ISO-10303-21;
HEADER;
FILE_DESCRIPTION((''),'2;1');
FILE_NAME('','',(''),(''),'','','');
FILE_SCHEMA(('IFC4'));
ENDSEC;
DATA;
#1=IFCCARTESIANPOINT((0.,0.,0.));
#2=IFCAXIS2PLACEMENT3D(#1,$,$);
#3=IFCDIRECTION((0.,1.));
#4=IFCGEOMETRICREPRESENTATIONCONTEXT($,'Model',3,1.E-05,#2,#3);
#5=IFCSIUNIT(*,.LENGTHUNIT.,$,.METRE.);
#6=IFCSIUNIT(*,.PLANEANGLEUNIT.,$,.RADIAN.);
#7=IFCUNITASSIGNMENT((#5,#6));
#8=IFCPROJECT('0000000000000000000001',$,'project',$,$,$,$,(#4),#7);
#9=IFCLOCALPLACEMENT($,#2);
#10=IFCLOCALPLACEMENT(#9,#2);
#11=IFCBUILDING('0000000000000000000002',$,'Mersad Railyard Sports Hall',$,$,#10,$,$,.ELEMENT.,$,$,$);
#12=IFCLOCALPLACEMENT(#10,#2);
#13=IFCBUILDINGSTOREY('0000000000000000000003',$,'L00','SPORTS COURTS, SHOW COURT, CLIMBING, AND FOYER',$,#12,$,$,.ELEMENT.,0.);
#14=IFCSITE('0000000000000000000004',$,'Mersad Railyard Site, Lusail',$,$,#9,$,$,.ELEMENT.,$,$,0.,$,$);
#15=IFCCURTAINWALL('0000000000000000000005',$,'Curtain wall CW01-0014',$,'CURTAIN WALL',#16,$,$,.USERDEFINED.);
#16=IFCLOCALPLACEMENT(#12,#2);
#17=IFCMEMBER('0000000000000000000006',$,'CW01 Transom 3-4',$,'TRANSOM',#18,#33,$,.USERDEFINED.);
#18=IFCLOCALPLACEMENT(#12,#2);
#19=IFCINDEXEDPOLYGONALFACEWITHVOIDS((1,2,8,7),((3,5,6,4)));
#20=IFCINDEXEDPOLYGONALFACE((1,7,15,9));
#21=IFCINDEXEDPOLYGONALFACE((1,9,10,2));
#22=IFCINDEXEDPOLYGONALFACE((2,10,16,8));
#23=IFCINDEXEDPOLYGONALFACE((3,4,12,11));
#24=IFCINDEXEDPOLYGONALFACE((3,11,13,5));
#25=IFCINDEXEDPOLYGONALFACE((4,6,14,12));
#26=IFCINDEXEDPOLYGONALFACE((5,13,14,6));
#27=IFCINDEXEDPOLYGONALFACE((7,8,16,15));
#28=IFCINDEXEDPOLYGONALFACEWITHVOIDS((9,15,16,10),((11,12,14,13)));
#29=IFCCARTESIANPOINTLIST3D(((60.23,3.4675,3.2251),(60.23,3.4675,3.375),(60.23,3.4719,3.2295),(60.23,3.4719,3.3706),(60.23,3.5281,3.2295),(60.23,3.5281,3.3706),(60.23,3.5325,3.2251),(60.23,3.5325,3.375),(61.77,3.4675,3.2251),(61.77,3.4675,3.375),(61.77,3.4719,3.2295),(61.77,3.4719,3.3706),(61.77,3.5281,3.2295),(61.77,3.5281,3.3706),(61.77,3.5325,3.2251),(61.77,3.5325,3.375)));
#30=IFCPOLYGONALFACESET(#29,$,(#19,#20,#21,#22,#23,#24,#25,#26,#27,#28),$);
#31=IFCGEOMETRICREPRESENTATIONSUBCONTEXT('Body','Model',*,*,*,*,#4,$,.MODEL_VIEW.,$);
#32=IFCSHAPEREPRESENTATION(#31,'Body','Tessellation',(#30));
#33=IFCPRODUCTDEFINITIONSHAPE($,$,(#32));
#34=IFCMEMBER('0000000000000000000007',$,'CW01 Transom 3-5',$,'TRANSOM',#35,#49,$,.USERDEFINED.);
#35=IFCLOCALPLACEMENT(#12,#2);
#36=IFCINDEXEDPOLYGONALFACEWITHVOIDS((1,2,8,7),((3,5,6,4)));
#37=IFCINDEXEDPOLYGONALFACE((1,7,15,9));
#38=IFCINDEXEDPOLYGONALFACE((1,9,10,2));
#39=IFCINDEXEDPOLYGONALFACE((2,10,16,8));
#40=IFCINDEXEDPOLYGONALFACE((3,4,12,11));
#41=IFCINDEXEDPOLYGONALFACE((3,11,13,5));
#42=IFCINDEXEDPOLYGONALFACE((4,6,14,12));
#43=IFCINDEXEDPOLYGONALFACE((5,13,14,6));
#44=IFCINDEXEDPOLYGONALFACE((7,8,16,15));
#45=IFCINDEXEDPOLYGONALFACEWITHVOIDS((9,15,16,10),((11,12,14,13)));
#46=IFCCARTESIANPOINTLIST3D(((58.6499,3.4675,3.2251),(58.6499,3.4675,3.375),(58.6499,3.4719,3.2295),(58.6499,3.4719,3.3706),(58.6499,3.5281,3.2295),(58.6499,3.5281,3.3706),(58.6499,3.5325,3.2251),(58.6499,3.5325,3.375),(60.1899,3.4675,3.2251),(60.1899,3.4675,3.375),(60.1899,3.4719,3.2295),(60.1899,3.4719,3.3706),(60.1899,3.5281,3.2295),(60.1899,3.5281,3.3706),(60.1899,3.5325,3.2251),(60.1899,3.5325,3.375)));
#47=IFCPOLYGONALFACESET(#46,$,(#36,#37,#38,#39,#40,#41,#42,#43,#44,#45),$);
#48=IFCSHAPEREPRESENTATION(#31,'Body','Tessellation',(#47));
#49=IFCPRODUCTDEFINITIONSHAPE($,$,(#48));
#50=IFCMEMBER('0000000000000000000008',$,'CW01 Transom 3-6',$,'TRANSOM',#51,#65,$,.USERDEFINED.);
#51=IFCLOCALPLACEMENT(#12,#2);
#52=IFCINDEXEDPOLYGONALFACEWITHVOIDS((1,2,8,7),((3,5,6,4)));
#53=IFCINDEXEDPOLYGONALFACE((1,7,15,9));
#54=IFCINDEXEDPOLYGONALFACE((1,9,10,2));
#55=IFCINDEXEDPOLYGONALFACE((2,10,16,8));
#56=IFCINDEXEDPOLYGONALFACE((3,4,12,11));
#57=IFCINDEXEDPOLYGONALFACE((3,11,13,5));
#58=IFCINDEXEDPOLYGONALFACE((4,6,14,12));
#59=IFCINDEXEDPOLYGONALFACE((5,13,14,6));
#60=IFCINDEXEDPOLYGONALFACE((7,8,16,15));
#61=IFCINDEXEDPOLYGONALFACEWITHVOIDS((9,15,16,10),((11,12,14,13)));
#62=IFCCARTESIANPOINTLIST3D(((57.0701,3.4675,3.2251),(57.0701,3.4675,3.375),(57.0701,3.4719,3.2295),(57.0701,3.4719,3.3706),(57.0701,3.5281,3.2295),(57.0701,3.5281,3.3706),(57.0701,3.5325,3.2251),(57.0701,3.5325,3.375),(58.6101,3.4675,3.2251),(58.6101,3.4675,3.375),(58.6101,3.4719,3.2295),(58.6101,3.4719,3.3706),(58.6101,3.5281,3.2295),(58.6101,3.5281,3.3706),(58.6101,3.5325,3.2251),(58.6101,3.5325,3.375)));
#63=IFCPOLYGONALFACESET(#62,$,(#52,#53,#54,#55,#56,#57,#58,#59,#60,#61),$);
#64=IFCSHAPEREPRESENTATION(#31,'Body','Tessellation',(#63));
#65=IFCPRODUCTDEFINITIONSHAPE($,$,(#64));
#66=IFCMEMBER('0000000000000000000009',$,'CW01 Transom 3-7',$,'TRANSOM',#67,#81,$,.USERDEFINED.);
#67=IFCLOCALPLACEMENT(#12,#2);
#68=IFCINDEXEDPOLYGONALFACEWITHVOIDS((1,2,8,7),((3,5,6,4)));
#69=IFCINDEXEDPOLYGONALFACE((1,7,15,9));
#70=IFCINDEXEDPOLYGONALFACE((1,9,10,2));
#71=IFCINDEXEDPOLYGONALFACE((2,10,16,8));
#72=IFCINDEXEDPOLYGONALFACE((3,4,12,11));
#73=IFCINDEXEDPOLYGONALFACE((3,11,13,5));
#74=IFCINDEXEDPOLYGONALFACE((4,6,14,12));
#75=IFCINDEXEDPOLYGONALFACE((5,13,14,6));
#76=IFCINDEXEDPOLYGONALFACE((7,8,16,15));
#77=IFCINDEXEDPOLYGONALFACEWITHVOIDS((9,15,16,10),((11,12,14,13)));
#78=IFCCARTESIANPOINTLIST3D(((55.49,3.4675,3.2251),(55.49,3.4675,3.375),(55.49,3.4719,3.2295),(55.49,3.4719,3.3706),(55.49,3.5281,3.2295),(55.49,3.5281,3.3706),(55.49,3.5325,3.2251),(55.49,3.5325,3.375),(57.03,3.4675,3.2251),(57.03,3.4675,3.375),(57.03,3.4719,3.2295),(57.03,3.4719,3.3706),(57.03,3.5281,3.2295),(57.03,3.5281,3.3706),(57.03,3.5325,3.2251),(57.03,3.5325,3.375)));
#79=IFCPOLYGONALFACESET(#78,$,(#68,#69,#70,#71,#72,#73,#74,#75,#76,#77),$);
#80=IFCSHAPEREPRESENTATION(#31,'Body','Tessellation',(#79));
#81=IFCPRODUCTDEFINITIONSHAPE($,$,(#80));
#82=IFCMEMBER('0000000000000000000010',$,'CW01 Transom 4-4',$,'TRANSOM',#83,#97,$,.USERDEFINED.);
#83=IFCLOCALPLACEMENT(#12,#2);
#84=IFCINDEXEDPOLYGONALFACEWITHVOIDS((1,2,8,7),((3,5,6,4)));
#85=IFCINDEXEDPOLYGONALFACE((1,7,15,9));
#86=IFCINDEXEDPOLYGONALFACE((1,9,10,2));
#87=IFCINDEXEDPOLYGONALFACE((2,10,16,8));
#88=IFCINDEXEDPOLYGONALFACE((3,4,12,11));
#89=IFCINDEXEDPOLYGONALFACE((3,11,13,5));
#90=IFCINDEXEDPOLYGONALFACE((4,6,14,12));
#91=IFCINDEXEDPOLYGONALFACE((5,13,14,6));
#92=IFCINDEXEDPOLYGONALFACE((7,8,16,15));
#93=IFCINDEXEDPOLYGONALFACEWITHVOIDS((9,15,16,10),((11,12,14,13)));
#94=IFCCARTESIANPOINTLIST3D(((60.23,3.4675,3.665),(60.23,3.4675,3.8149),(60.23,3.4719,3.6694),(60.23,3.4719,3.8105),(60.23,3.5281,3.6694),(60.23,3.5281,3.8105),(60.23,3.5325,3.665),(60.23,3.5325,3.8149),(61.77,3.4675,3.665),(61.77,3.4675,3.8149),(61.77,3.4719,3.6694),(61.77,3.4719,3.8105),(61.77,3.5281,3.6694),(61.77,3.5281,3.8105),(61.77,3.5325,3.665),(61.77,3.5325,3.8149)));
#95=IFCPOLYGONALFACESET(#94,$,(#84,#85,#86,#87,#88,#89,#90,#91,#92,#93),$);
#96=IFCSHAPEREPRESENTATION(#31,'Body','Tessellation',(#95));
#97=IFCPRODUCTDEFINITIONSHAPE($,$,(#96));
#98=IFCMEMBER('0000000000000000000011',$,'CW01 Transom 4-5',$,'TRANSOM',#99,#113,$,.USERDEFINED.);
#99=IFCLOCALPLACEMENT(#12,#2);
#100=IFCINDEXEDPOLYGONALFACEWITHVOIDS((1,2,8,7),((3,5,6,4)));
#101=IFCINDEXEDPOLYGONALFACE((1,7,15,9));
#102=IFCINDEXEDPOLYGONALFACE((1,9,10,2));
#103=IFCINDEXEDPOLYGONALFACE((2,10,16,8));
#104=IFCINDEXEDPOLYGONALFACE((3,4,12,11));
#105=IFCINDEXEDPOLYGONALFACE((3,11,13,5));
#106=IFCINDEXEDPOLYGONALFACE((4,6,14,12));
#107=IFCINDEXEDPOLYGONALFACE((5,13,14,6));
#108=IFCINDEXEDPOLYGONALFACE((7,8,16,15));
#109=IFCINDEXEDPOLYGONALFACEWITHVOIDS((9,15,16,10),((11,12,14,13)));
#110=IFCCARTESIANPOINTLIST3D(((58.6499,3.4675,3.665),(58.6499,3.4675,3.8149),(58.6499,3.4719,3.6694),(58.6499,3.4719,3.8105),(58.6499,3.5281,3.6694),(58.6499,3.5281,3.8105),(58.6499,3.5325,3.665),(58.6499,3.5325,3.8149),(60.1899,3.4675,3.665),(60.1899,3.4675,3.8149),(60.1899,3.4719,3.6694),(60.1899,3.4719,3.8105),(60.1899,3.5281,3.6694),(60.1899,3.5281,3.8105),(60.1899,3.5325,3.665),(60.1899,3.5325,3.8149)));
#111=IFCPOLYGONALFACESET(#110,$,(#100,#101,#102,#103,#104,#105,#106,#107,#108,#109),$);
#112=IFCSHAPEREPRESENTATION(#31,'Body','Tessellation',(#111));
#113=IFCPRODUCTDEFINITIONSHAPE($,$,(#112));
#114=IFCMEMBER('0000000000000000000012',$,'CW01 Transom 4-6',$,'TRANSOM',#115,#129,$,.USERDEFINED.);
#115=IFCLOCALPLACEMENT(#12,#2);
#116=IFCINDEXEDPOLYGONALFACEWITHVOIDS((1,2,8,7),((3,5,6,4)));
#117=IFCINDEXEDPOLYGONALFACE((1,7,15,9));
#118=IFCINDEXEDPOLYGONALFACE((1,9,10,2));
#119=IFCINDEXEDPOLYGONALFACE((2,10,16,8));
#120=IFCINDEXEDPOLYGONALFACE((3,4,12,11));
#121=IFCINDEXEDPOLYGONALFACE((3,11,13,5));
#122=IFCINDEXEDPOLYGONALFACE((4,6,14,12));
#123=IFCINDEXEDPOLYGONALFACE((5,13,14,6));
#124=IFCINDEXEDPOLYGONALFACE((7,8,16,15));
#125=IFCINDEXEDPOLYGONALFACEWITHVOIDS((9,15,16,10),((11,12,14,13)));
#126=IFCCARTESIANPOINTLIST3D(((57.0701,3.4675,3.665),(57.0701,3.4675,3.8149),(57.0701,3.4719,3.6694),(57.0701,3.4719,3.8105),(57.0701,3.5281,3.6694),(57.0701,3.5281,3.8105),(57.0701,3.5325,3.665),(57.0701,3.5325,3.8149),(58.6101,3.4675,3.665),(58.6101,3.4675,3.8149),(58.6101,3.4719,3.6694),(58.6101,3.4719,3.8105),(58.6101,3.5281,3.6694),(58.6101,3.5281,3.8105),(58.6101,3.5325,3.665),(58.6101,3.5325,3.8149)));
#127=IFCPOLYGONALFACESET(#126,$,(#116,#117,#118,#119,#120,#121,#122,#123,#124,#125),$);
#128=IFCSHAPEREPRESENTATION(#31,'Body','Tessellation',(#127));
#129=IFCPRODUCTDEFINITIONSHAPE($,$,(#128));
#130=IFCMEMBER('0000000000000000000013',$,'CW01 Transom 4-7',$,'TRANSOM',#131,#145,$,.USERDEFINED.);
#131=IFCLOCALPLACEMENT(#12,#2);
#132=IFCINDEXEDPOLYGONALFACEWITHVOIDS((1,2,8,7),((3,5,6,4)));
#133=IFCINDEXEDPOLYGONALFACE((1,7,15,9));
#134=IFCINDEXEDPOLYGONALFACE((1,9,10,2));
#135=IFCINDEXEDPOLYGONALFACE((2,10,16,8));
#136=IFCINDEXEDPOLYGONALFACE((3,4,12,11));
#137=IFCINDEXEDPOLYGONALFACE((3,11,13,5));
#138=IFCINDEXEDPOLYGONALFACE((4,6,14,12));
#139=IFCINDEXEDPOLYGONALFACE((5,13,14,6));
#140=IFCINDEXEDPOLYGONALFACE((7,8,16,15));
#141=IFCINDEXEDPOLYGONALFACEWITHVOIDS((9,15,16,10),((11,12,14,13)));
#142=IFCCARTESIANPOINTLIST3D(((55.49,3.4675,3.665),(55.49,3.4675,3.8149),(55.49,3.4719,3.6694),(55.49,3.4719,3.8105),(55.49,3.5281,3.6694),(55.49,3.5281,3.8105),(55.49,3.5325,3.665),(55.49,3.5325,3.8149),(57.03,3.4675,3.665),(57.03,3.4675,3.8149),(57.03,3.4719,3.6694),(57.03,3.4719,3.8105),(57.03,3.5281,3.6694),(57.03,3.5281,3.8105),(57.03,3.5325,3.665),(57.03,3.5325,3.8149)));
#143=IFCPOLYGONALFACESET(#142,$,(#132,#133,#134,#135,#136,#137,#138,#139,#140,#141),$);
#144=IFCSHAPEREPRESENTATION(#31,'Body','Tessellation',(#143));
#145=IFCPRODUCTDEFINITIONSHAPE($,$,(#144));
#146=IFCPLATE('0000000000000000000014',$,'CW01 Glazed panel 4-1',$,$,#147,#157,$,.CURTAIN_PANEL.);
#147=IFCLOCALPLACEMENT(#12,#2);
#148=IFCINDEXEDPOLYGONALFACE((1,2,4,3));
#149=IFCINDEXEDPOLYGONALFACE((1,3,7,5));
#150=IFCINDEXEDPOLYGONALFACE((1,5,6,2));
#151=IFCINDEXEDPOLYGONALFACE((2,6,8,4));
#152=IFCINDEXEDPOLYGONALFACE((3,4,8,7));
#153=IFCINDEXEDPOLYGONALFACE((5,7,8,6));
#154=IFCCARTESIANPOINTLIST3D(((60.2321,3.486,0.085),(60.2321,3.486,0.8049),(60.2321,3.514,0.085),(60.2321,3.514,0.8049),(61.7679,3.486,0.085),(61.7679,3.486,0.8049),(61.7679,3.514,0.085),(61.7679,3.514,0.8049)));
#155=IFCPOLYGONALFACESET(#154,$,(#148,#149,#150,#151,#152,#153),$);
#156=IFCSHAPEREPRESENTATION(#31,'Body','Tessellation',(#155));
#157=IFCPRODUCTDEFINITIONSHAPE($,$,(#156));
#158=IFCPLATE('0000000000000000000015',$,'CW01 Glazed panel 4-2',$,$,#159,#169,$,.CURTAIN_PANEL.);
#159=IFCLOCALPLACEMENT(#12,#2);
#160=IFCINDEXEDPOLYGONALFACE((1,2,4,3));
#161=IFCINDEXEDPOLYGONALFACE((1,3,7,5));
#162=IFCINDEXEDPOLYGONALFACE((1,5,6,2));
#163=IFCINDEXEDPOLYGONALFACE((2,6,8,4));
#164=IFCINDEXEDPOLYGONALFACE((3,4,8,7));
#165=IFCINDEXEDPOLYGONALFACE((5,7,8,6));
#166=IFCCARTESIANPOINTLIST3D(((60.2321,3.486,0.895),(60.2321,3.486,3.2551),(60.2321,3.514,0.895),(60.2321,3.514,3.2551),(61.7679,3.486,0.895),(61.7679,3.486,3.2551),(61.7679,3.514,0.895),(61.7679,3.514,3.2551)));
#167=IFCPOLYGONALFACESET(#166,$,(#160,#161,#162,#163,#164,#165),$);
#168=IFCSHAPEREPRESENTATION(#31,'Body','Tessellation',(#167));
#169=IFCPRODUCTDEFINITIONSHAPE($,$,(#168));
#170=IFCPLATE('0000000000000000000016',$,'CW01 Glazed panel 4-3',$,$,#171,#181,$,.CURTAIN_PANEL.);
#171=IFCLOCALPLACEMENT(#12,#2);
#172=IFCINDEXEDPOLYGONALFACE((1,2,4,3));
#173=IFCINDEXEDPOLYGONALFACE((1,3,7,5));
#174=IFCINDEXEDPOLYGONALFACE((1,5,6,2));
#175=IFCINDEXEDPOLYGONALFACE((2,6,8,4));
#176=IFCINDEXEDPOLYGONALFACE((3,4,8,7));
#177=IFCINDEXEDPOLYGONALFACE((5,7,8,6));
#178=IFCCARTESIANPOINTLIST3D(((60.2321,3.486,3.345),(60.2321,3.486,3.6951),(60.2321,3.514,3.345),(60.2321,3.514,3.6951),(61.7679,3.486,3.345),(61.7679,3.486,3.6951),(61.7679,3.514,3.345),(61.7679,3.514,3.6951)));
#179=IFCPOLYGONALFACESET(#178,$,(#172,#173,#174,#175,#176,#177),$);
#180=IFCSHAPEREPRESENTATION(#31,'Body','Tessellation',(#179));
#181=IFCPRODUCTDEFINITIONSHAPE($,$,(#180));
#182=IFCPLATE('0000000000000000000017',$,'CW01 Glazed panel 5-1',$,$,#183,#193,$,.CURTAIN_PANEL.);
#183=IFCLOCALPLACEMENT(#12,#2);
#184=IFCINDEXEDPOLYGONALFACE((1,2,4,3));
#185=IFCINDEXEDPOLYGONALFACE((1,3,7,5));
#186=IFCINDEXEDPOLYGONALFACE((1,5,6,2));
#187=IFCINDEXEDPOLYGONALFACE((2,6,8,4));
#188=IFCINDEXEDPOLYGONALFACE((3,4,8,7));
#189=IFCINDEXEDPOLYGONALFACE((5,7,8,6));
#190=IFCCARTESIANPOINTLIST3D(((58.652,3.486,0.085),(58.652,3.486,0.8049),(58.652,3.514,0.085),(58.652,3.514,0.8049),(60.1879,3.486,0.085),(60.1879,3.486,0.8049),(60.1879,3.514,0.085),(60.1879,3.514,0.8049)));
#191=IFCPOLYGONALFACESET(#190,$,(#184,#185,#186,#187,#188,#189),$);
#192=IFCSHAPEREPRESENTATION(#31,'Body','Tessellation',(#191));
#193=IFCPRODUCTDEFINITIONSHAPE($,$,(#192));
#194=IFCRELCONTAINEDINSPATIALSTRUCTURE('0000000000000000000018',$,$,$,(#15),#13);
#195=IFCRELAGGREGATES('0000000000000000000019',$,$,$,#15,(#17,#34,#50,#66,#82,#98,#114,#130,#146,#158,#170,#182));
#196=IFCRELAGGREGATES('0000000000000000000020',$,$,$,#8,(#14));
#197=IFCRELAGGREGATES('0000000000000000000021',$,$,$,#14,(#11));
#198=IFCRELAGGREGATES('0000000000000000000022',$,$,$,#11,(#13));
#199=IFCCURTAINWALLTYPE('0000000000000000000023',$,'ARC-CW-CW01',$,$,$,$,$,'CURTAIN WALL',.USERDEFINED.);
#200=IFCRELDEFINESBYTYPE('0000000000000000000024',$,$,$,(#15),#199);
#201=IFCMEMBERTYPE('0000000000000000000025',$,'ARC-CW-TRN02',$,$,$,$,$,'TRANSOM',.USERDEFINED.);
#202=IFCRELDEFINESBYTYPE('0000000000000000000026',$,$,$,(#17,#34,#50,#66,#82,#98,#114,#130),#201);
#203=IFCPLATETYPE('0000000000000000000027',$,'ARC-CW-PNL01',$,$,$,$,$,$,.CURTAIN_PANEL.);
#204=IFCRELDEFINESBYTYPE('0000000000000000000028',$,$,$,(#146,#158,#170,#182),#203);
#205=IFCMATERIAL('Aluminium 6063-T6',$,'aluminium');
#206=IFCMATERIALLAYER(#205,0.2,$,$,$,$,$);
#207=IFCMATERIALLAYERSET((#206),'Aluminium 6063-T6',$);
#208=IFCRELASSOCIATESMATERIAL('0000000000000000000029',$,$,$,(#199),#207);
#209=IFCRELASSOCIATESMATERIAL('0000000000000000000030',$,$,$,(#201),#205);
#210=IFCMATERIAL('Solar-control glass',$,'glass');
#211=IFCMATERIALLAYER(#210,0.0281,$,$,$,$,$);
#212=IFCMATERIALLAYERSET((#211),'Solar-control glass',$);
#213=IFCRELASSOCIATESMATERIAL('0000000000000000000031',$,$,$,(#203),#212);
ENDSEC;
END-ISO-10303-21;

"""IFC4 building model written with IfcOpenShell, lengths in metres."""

from ifc_helpers import new_model, si_unit, direction, frame, origin, origin_2d, place, context, subcontext, project, spatial, rectangle, hollow_rectangle, extrude, material, layer, layer_set, material_profile, profile_set, type_object, element, aggregate, save


model = new_model("IFC4")

# Units and contexts
model_context = context("Model", 3, precision=1e-05, world=origin(), true_north=direction((0.0, 1.0)))
body_context = subcontext(model_context, "Body", "Model", "MODEL_VIEW")
ifc_project = project(units=[si_unit("LENGTHUNIT", "METRE"), si_unit("PLANEANGLEUNIT", "RADIAN")], contexts=[model_context])

# Site, building, storey
site_placement = place(None, origin())
site = spatial("IfcSite", under=ifc_project, at=site_placement, Name="Mersad Railyard Site, Lusail", CompositionType="ELEMENT", RefElevation=0.0)
building_placement = place(site_placement, origin())
building = spatial("IfcBuilding", under=site, at=building_placement, Name="Mersad Railyard Sports Hall", CompositionType="ELEMENT")
storey_placement = place(building_placement, origin())
storey = spatial("IfcBuildingStorey", under=building, at=storey_placement, Name="L00", Description="SPORTS COURTS, SHOW COURT, CLIMBING, AND FOYER", CompositionType="ELEMENT", Elevation=0.0)

# Curtain wall, members, plates
ifc_material_1 = material(Name="Aluminium 6063-T6", Category="aluminium")
ifc_layer_1 = layer(ifc_material_1, 0.2)
ifc_layer_set_1 = layer_set([ifc_layer_1], Name="Aluminium 6063-T6")
curtain_wall_type = type_object("IfcCurtainWallType", Name="ARC-CW-CW01", ElementType="CURTAIN WALL", PredefinedType="USERDEFINED", material=ifc_layer_set_1)
curtain_wall_placement = place(storey_placement, origin())
curtain_wall = element("IfcCurtainWall", 1, at=curtain_wall_placement, inside=storey, type_object=curtain_wall_type, Name="Curtain wall CW01-0014", ObjectType="CURTAIN WALL", PredefinedType="USERDEFINED")
ifc_material_profile_1 = material_profile(ifc_material_1, hollow_rectangle(XDim=0.0649, YDim=0.1499, WallThickness=0.0044, at=origin_2d()), Name="AL TRANSOM 65x150x4.5")
ifc_profile_set_1 = profile_set([ifc_material_profile_1], Name="Aluminium 6063-T6")
member_type_1 = type_object("IfcMemberType", Name="ARC-CW-TRN02", ElementType="TRANSOM", PredefinedType="USERDEFINED", material=ifc_profile_set_1)
member_1_placement = place(storey_placement, frame((61.77, 3.5, 3.3), z_axis=(-1.0, 0.0, 0.0), x_axis=(0.0, -1.0, 0.0)))
member_1 = element("IfcMember", 2, at=member_1_placement, type_object=member_type_1, Name="CW01 Transom 3-4", ObjectType="TRANSOM", PredefinedType="USERDEFINED", context=body_context, shape_type="SweptSolid", body=[
    extrude(hollow_rectangle(XDim=0.0649, YDim=0.1499, WallThickness=0.0044, at=origin_2d()), origin(), (0.0, 0.0, 1.0), 1.54),
])
member_2_placement = place(storey_placement, frame((60.1899, 3.5, 3.3), z_axis=(-1.0, 0.0, 0.0), x_axis=(0.0, -1.0, 0.0)))
member_2 = element("IfcMember", 3, at=member_2_placement, type_object=member_type_1, Name="CW01 Transom 3-5", ObjectType="TRANSOM", PredefinedType="USERDEFINED", context=body_context, shape_type="SweptSolid", body=[
    extrude(hollow_rectangle(XDim=0.0649, YDim=0.1499, WallThickness=0.0044, at=origin_2d()), origin(), (0.0, 0.0, 1.0), 1.54),
])
member_3_placement = place(storey_placement, frame((58.6101, 3.5, 3.3), z_axis=(-1.0, 0.0, 0.0), x_axis=(0.0, -1.0, 0.0)))
member_3 = element("IfcMember", 4, at=member_3_placement, type_object=member_type_1, Name="CW01 Transom 3-6", ObjectType="TRANSOM", PredefinedType="USERDEFINED", context=body_context, shape_type="SweptSolid", body=[
    extrude(hollow_rectangle(XDim=0.0649, YDim=0.1499, WallThickness=0.0044, at=origin_2d()), origin(), (0.0, 0.0, 1.0), 1.54),
])
member_4_placement = place(storey_placement, frame((57.03, 3.5, 3.3), z_axis=(-1.0, 0.0, 0.0), x_axis=(0.0, -1.0, 0.0)))
member_4 = element("IfcMember", 5, at=member_4_placement, type_object=member_type_1, Name="CW01 Transom 3-7", ObjectType="TRANSOM", PredefinedType="USERDEFINED", context=body_context, shape_type="SweptSolid", body=[
    extrude(hollow_rectangle(XDim=0.0649, YDim=0.1499, WallThickness=0.0044, at=origin_2d()), origin(), (0.0, 0.0, 1.0), 1.54),
])
member_5_placement = place(storey_placement, frame((61.77, 3.5, 3.74), z_axis=(-1.0, 0.0, 0.0), x_axis=(0.0, -1.0, 0.0)))
member_5 = element("IfcMember", 6, at=member_5_placement, type_object=member_type_1, Name="CW01 Transom 4-4", ObjectType="TRANSOM", PredefinedType="USERDEFINED", context=body_context, shape_type="SweptSolid", body=[
    extrude(hollow_rectangle(XDim=0.0649, YDim=0.1499, WallThickness=0.0044, at=origin_2d()), origin(), (0.0, 0.0, 1.0), 1.54),
])
member_6_placement = place(storey_placement, frame((60.1899, 3.5, 3.74), z_axis=(-1.0, 0.0, 0.0), x_axis=(0.0, -1.0, 0.0)))
member_6 = element("IfcMember", 7, at=member_6_placement, type_object=member_type_1, Name="CW01 Transom 4-5", ObjectType="TRANSOM", PredefinedType="USERDEFINED", context=body_context, shape_type="SweptSolid", body=[
    extrude(hollow_rectangle(XDim=0.0649, YDim=0.1499, WallThickness=0.0044, at=origin_2d()), origin(), (0.0, 0.0, 1.0), 1.54),
])
member_7_placement = place(storey_placement, frame((58.6101, 3.5, 3.74), z_axis=(-1.0, 0.0, 0.0), x_axis=(0.0, -1.0, 0.0)))
member_7 = element("IfcMember", 8, at=member_7_placement, type_object=member_type_1, Name="CW01 Transom 4-6", ObjectType="TRANSOM", PredefinedType="USERDEFINED", context=body_context, shape_type="SweptSolid", body=[
    extrude(hollow_rectangle(XDim=0.0649, YDim=0.1499, WallThickness=0.0044, at=origin_2d()), origin(), (0.0, 0.0, 1.0), 1.54),
])
member_8_placement = place(storey_placement, frame((57.03, 3.5, 3.74), z_axis=(-1.0, 0.0, 0.0), x_axis=(0.0, -1.0, 0.0)))
member_8 = element("IfcMember", 9, at=member_8_placement, type_object=member_type_1, Name="CW01 Transom 4-7", ObjectType="TRANSOM", PredefinedType="USERDEFINED", context=body_context, shape_type="SweptSolid", body=[
    extrude(hollow_rectangle(XDim=0.0649, YDim=0.1499, WallThickness=0.0044, at=origin_2d()), origin(), (0.0, 0.0, 1.0), 1.54),
])
ifc_material_2 = material(Name="Solar-control glass", Category="glass")
ifc_layer_2 = layer(ifc_material_2, 0.0281)
ifc_layer_set_2 = layer_set([ifc_layer_2], Name="Solar-control glass")
plate_type = type_object("IfcPlateType", Name="ARC-CW-PNL01", PredefinedType="CURTAIN_PANEL", material=ifc_layer_set_2)
plate_1_placement = place(storey_placement, frame((61.0, 3.5, 0.085), z_axis=(0.0, 0.0, 1.0), x_axis=(-1.0, 0.0, 0.0)))
plate_1 = element("IfcPlate", 10, at=plate_1_placement, type_object=plate_type, Name="CW01 Glazed panel 4-1", PredefinedType="CURTAIN_PANEL", context=body_context, shape_type="SweptSolid", body=[
    extrude(rectangle(XDim=1.5359, YDim=0.0281, at=origin_2d()), origin(), (0.0, 0.0, 1.0), 0.72),
])
plate_2_placement = place(storey_placement, frame((61.0, 3.5, 0.895), z_axis=(0.0, 0.0, 1.0), x_axis=(-1.0, 0.0, 0.0)))
plate_2 = element("IfcPlate", 11, at=plate_2_placement, type_object=plate_type, Name="CW01 Glazed panel 4-2", PredefinedType="CURTAIN_PANEL", context=body_context, shape_type="SweptSolid", body=[
    extrude(rectangle(XDim=1.5359, YDim=0.0281, at=origin_2d()), origin(), (0.0, 0.0, 1.0), 2.3601),
])
plate_3_placement = place(storey_placement, frame((61.0, 3.5, 3.345), z_axis=(0.0, 0.0, 1.0), x_axis=(-1.0, 0.0, 0.0)))
plate_3 = element("IfcPlate", 12, at=plate_3_placement, type_object=plate_type, Name="CW01 Glazed panel 4-3", PredefinedType="CURTAIN_PANEL", context=body_context, shape_type="SweptSolid", body=[
    extrude(rectangle(XDim=1.5359, YDim=0.0281, at=origin_2d()), origin(), (0.0, 0.0, 1.0), 0.3501),
])
plate_4_placement = place(storey_placement, frame((59.4199, 3.5, 0.085), z_axis=(0.0, 0.0, 1.0), x_axis=(-1.0, 0.0, 0.0)))
plate_4 = element("IfcPlate", 13, at=plate_4_placement, type_object=plate_type, Name="CW01 Glazed panel 5-1", PredefinedType="CURTAIN_PANEL", context=body_context, shape_type="SweptSolid", body=[
    extrude(rectangle(XDim=1.5359, YDim=0.0281, at=origin_2d()), origin(), (0.0, 0.0, 1.0), 0.72),
])
aggregate(curtain_wall, [member_1, member_2, member_3, member_4, member_5, member_6, member_7, member_8, plate_1, plate_2, plate_3, plate_4])

save(model, "model.ifc")
